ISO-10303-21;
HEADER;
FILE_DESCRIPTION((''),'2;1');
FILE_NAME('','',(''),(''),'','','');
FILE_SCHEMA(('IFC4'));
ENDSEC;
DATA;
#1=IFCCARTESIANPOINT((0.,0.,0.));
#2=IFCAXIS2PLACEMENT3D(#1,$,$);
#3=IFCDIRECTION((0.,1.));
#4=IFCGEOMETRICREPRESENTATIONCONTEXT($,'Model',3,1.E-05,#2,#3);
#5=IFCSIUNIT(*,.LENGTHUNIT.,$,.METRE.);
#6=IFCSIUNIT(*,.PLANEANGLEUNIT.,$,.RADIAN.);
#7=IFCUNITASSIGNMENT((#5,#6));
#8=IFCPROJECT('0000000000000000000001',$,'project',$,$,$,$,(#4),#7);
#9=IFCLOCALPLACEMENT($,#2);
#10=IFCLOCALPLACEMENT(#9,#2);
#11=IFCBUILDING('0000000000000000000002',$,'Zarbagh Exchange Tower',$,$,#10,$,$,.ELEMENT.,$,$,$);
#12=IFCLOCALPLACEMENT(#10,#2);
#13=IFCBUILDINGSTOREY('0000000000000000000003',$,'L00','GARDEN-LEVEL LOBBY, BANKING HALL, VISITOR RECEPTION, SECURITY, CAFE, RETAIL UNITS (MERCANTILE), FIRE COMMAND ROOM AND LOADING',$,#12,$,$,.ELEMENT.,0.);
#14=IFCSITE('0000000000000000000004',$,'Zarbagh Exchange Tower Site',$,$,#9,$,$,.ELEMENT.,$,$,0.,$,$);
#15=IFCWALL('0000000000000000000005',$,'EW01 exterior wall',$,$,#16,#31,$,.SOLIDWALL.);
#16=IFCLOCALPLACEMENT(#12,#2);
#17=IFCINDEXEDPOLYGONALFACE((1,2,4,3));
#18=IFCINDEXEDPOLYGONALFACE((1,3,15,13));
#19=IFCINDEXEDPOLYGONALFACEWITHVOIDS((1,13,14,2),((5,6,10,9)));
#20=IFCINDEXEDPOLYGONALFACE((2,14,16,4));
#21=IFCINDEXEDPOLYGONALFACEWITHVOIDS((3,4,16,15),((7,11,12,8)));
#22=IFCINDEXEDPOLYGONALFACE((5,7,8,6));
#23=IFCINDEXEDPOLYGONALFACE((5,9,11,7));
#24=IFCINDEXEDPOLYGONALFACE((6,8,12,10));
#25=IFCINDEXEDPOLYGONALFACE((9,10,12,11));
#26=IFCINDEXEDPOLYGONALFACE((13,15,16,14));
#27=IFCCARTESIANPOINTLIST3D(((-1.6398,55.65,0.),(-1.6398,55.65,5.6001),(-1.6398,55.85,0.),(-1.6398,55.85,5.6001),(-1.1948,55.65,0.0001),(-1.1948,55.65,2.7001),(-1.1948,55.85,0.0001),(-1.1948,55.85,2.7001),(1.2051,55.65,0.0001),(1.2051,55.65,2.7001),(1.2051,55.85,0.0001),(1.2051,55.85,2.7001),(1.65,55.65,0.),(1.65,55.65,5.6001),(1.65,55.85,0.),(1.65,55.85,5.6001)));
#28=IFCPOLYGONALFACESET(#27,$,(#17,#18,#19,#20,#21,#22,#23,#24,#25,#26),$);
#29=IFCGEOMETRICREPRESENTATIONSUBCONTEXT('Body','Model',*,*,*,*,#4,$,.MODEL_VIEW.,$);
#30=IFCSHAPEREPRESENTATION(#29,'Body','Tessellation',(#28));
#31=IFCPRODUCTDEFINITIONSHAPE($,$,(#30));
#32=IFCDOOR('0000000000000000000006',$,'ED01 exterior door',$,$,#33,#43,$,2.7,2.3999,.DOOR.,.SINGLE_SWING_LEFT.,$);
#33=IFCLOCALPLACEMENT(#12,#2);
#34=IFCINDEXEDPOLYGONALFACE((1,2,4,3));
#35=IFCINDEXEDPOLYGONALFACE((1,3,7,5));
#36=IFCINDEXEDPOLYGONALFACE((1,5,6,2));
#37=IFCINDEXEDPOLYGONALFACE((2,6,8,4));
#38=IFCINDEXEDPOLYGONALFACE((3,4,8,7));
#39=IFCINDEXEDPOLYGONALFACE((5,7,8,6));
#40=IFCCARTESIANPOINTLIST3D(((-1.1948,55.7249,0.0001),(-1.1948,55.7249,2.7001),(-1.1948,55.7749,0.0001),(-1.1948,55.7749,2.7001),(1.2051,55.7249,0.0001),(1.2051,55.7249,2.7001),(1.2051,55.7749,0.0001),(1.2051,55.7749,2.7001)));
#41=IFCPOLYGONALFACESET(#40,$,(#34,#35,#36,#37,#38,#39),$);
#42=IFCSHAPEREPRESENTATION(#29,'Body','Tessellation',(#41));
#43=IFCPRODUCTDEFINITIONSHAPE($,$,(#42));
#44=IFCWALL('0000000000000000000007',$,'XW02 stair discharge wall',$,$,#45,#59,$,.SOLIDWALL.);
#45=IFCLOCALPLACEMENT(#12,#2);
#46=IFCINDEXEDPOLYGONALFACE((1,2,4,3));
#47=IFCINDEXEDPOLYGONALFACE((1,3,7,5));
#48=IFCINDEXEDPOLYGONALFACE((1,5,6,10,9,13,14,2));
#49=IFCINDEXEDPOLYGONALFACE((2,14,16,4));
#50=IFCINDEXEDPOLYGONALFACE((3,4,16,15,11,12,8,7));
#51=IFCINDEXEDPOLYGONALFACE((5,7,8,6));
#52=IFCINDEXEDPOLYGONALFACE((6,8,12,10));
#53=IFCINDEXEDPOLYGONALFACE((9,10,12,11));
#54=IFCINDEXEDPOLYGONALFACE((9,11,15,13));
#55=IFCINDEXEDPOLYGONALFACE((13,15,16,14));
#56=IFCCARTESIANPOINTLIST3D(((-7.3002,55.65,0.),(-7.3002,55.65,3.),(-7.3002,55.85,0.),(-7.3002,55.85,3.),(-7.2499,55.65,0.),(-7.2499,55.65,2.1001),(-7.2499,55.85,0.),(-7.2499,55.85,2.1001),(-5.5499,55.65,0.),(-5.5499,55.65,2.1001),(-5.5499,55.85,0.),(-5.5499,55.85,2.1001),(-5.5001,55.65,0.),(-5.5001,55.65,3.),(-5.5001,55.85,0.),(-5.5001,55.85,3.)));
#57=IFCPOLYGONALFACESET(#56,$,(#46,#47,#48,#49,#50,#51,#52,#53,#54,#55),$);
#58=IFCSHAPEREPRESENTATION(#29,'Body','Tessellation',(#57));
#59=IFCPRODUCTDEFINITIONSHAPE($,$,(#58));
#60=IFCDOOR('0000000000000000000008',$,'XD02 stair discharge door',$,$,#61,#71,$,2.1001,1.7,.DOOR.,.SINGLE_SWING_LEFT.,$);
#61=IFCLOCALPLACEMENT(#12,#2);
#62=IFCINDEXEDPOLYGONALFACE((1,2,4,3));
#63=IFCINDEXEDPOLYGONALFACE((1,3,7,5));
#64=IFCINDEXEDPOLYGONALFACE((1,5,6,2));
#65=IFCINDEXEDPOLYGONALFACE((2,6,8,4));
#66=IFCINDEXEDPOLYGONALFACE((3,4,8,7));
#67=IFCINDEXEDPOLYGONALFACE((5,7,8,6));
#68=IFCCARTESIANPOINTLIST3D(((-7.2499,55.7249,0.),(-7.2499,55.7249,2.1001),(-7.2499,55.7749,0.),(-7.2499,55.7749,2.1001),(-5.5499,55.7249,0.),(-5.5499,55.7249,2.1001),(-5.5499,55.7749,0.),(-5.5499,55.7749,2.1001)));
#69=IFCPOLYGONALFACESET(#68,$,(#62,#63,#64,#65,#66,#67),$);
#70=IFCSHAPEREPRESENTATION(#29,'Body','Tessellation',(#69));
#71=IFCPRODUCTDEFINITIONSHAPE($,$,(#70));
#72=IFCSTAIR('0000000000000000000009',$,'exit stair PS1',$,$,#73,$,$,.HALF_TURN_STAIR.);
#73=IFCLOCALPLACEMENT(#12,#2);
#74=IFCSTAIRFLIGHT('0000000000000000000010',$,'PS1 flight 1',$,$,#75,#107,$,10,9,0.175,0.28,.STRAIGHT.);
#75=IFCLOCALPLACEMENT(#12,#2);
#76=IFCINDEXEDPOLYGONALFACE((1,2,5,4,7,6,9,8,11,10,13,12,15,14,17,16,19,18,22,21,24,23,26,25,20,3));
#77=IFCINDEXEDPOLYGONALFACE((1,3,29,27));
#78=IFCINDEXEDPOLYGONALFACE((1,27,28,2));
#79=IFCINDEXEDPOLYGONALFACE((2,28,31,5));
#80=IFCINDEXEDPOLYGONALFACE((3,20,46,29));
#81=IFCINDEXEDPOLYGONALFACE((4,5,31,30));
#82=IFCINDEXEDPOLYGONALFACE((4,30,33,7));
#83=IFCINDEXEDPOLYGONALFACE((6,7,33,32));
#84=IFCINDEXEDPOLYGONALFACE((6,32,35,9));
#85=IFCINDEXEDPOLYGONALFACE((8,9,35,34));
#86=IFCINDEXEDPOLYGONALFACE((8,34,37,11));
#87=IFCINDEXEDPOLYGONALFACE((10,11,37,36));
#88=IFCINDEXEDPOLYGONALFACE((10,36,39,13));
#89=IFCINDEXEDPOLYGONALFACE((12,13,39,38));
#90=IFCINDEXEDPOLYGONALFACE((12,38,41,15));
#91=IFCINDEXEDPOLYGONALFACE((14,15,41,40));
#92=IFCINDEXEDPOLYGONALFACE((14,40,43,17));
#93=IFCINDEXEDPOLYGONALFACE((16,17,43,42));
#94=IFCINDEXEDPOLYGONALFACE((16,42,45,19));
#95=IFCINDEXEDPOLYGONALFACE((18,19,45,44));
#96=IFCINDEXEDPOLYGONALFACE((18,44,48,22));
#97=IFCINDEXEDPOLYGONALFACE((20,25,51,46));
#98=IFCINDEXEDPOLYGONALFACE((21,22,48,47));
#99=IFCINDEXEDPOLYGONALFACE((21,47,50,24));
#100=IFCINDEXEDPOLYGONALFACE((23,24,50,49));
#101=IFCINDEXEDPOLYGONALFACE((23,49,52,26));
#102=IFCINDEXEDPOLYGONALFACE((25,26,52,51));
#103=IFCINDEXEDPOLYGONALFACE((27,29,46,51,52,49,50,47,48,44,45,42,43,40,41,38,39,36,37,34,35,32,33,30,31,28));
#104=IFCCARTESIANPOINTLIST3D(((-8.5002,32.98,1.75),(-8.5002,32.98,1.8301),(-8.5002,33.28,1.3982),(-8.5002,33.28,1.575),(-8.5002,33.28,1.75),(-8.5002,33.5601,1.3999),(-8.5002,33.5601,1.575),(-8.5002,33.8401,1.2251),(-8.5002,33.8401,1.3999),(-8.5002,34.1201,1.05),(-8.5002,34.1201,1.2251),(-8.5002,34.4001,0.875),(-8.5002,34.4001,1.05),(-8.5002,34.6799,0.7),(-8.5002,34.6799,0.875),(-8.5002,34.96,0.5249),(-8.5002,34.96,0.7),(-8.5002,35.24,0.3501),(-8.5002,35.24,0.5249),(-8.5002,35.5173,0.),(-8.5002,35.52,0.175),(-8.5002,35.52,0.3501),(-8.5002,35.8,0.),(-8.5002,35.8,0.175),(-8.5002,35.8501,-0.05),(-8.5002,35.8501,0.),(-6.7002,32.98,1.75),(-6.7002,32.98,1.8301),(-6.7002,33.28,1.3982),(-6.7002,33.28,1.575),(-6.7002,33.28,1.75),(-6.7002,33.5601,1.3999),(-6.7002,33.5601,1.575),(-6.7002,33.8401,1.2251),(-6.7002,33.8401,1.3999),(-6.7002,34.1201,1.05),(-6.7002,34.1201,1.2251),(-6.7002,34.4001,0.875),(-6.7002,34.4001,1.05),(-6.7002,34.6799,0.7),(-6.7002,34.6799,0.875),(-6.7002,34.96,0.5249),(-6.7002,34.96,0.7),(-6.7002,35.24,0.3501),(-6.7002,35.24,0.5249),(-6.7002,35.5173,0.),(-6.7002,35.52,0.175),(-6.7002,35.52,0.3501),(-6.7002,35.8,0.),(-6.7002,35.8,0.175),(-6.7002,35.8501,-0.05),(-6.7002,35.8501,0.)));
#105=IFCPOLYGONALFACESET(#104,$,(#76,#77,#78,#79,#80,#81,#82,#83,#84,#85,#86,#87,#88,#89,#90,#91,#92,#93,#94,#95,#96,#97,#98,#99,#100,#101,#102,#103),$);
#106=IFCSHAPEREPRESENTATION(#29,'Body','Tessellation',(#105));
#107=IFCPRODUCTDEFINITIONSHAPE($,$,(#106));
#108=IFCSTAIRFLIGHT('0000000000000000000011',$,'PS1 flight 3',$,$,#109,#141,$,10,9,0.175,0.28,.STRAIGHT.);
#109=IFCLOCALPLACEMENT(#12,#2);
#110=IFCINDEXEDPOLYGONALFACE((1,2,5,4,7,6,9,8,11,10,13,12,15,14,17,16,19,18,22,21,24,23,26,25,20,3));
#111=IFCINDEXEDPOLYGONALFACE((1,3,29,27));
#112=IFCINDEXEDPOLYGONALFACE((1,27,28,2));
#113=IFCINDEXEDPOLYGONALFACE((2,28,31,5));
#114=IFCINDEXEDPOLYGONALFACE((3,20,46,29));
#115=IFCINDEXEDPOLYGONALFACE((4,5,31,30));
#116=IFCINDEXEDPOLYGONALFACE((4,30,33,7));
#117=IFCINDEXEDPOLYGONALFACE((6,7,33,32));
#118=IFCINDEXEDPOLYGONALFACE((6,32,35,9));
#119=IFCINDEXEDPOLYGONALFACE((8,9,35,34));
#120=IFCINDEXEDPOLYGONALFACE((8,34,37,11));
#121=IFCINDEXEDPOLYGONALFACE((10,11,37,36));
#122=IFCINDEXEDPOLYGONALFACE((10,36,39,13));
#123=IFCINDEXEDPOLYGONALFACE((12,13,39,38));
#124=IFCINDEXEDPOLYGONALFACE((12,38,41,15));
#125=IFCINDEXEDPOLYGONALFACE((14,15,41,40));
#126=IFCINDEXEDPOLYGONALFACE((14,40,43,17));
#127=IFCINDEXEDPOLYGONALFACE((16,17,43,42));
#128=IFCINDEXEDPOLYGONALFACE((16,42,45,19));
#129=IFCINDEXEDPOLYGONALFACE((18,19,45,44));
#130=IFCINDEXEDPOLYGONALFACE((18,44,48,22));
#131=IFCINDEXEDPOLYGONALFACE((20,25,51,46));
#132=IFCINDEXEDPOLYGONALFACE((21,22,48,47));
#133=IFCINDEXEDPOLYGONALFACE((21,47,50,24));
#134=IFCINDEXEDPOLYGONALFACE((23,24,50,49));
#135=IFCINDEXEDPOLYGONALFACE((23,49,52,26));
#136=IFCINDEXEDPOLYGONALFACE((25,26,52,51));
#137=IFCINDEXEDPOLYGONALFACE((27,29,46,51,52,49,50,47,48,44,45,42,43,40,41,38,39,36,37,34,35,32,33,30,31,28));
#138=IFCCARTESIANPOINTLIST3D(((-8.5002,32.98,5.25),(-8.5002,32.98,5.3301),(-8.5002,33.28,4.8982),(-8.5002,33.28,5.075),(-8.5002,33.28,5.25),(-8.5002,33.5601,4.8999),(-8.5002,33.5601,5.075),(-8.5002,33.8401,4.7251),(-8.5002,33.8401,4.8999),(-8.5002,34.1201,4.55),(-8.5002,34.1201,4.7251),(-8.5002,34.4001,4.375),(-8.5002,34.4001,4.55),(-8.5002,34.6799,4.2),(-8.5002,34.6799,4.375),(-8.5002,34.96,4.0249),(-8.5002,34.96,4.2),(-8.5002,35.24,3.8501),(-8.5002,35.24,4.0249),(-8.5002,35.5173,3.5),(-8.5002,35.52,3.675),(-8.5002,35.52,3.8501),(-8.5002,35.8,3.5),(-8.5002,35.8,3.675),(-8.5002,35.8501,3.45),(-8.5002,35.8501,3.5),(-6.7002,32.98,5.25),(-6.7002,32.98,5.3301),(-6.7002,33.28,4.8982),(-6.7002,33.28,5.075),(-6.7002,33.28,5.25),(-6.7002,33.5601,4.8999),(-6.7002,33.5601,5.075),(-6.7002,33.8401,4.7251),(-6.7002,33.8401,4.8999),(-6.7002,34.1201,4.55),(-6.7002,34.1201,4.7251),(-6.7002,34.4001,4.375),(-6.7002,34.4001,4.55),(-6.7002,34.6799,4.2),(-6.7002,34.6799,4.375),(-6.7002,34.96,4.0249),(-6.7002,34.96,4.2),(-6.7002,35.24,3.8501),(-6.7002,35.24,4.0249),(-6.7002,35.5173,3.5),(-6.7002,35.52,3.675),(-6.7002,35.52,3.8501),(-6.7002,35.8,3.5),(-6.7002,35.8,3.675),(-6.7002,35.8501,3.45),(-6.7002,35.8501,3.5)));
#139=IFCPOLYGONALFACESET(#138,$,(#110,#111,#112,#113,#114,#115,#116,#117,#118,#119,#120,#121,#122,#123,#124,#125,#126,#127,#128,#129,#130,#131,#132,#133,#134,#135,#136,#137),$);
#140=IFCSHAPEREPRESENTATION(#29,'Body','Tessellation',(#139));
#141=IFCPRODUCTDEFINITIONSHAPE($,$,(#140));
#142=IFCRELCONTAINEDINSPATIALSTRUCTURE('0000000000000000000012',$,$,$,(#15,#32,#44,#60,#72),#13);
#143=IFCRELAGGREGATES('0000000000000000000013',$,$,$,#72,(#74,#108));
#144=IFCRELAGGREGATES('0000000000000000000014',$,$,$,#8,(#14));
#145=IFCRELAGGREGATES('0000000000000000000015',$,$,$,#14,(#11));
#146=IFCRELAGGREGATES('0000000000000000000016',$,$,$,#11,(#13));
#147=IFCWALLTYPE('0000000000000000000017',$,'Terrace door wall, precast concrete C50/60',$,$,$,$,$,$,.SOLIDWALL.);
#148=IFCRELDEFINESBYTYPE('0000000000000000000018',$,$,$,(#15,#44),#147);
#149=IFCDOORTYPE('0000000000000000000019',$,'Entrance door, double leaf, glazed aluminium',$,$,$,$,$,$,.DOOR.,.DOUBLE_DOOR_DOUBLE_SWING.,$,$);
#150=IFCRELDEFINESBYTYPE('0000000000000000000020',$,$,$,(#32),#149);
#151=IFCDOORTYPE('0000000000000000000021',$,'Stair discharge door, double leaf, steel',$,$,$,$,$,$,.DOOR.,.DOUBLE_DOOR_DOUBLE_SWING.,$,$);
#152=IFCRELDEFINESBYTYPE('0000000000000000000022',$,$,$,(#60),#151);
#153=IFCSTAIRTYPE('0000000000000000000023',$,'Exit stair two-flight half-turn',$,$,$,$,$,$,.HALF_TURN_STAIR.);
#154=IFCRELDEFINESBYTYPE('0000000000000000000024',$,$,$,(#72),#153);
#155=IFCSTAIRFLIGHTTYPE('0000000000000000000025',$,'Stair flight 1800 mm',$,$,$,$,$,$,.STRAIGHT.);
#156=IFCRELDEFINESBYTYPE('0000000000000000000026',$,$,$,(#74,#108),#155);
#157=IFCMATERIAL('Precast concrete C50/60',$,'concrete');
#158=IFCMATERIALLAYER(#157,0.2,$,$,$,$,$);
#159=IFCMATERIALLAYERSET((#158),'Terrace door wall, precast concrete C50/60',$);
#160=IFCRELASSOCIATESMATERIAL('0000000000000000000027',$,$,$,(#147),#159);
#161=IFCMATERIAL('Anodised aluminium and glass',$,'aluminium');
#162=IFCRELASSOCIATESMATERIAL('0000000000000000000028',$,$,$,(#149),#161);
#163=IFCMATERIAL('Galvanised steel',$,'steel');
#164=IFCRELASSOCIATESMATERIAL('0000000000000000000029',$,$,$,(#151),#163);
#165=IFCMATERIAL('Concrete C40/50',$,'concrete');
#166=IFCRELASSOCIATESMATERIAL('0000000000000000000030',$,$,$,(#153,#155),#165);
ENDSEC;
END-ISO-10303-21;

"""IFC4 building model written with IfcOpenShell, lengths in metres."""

from ifc_helpers import new_model, si_unit, direction, frame, frame_2d, origin, place, context, subcontext, project, spatial, polyline, rectangle, outline, extrude, material, layer, layer_set, type_object, element, fill, aggregate, save


model = new_model("IFC4")

# Units and contexts
model_context = context("Model", 3, precision=1e-05, world=origin(), true_north=direction((0.0, 1.0)))
body_context = subcontext(model_context, "Body", "Model", "MODEL_VIEW")
ifc_project = project(units=[si_unit("LENGTHUNIT", "METRE"), si_unit("PLANEANGLEUNIT", "RADIAN")], contexts=[model_context])

# Site, building, storey
site_placement = place(None, origin())
site = spatial("IfcSite", under=ifc_project, at=site_placement, Name="Zarbagh Exchange Tower Site", CompositionType="ELEMENT", RefElevation=0.0)
building_placement = place(site_placement, origin())
building = spatial("IfcBuilding", under=site, at=building_placement, Name="Zarbagh Exchange Tower", CompositionType="ELEMENT")
storey_placement = place(building_placement, origin())
storey = spatial("IfcBuildingStorey", under=building, at=storey_placement, Name="L00", Description="GARDEN-LEVEL LOBBY, BANKING HALL, VISITOR RECEPTION, SECURITY, CAFE, RETAIL UNITS (MERCANTILE), FIRE COMMAND ROOM AND LOADING", CompositionType="ELEMENT", Elevation=0.0)

# Walls, openings, doors
ifc_material_1 = material(Name="Concrete C40/50", Category="concrete")
ifc_material_2 = material(Name="Precast concrete C50/60", Category="concrete")
ifc_layer_1 = layer(ifc_material_2, 0.2)
ifc_layer_set_1 = layer_set([ifc_layer_1], Name="Terrace door wall, precast concrete C50/60")
wall_type_1 = type_object("IfcWallType", Name="Terrace door wall, precast concrete C50/60", PredefinedType="SOLIDWALL", material=ifc_layer_set_1)
wall_1_placement = place(storey_placement, frame((-1.6399, 55.75, 0.0), z_axis=(0.0, 0.0, 1.0), x_axis=(1.0, 0.0, 0.0)))
wall_1 = element("IfcWall", 1, at=wall_1_placement, inside=storey, type_object=wall_type_1, Name="EW01 exterior wall", PredefinedType="SOLIDWALL", context=body_context, shape_type="SweptSolid", body=[
    extrude(rectangle(XDim=3.2898, YDim=0.2, at=frame_2d((1.645, 0.0))), origin(), (0.0, 0.0, 1.0), 5.6001),
])
opening_1_placement = place(wall_1_placement, frame((0.4451, 0.0, 0.0)))
opening_1 = element("IfcOpeningElement", 2, at=opening_1_placement, cuts=wall_1, PredefinedType="OPENING", context=body_context, shape_type="SweptSolid", body=[
    extrude(rectangle(XDim=2.3999, YDim=2.7, at=frame_2d((1.2, 1.3501))), frame((0.0, 0.1099, 0.0), z_axis=(0.0, -1.0, 0.0), x_axis=(1.0, 0.0, 0.0)), (0.0, 0.0, 1.0), 0.22),
])
ifc_material_3 = material(Name="Anodised aluminium and glass", Category="aluminium")
door_type_1 = type_object("IfcDoorType", Name="Entrance door, double leaf, glazed aluminium", OperationType="DOUBLE_DOOR_DOUBLE_SWING", PredefinedType="DOOR", material=ifc_material_3)
door_1_placement = place(opening_1_placement, origin())
door_1 = element("IfcDoor", 3, at=door_1_placement, inside=storey, type_object=door_type_1, Name="ED01 exterior door", OperationType="SINGLE_SWING_LEFT", OverallHeight=2.7, OverallWidth=2.3999, PredefinedType="DOOR", context=body_context, shape_type="SweptSolid", body=[
    extrude(rectangle(XDim=2.3999, YDim=2.7, at=frame_2d((1.2, 1.3501))), frame((0.0, 0.0249, 0.0), z_axis=(0.0, -1.0, 0.0), x_axis=(1.0, 0.0, 0.0)), (0.0, 0.0, 1.0), 0.05),
])
fill(opening_1, door_1)
wall_2_placement = place(storey_placement, frame((-7.3, 55.75, 0.0), z_axis=(0.0, 0.0, 1.0), x_axis=(1.0, 0.0, 0.0)))
wall_2 = element("IfcWall", 4, at=wall_2_placement, inside=storey, type_object=wall_type_1, Name="XW02 stair discharge wall", PredefinedType="SOLIDWALL", context=body_context, shape_type="SweptSolid", body=[
    extrude(rectangle(XDim=1.8, YDim=0.2, at=frame_2d((0.8999, 0.0))), origin(), (0.0, 0.0, 1.0), 3.0),
])
opening_2_placement = place(wall_2_placement, frame((0.05, 0.0, 0.0)))
opening_2 = element("IfcOpeningElement", 5, at=opening_2_placement, cuts=wall_2, PredefinedType="OPENING", context=body_context, shape_type="SweptSolid", body=[
    extrude(rectangle(XDim=1.7, YDim=2.1001, at=frame_2d((0.8501, 1.05))), frame((0.0, 0.1099, 0.0), z_axis=(0.0, -1.0, 0.0), x_axis=(1.0, 0.0, 0.0)), (0.0, 0.0, 1.0), 0.22),
])
ifc_material_4 = material(Name="Galvanised steel", Category="steel")
door_type_2 = type_object("IfcDoorType", Name="Stair discharge door, double leaf, steel", OperationType="DOUBLE_DOOR_DOUBLE_SWING", PredefinedType="DOOR", material=ifc_material_4)
door_2_placement = place(opening_2_placement, origin())
door_2 = element("IfcDoor", 6, at=door_2_placement, inside=storey, type_object=door_type_2, Name="XD02 stair discharge door", OperationType="SINGLE_SWING_LEFT", OverallHeight=2.1001, OverallWidth=1.7, PredefinedType="DOOR", context=body_context, shape_type="SweptSolid", body=[
    extrude(rectangle(XDim=1.7, YDim=2.1001, at=frame_2d((0.8501, 1.05))), frame((0.0, 0.0249, 0.0), z_axis=(0.0, -1.0, 0.0), x_axis=(1.0, 0.0, 0.0)), (0.0, 0.0, 1.0), 0.05),
])
fill(opening_2, door_2)

# Stair, stair flights
stair_type = type_object("IfcStairType", Name="Exit stair two-flight half-turn", PredefinedType="HALF_TURN_STAIR", material=ifc_material_1)
stair_placement = place(storey_placement, origin())
stair = element("IfcStair", 7, at=stair_placement, inside=storey, type_object=stair_type, Name="exit stair PS1", PredefinedType="HALF_TURN_STAIR")
stair_flight_type = type_object("IfcStairFlightType", Name="Stair flight 1800 mm", PredefinedType="STRAIGHT", material=ifc_material_1)
stair_flight_1_placement = place(storey_placement, frame((-7.6001, 35.8, 0.0), z_axis=(0.0, 0.0, 1.0), x_axis=(0.0, -1.0, 0.0)))
stair_flight_1 = element("IfcStairFlight", 8, at=stair_flight_1_placement, type_object=stair_flight_type, Name="PS1 flight 1", NumberOfRisers=10, NumberOfTreads=9, PredefinedType="STRAIGHT", RiserHeight=0.175, TreadLength=0.28, context=body_context, shape_type="SweptSolid", body=[
    extrude(outline(polyline([(-0.05, -0.05), (-0.05, 0.0), (0.0, 0.0), (0.0, 0.175), (0.28, 0.175), (0.28, 0.3501), (0.5601, 0.3501), (0.5601, 0.5249), (0.8401, 0.5249), (0.8401, 0.7), (1.1201, 0.7), (1.1201, 0.875), (1.3999, 0.875), (1.3999, 1.05), (1.6799, 1.05), (1.6799, 1.2251), (1.96, 1.2251), (1.96, 1.3999), (2.24, 1.3999), (2.24, 1.575), (2.52, 1.575), (2.52, 1.75), (2.8201, 1.8301), (2.8201, 1.75), (2.52, 1.3982), (0.2827, 0.0), (-0.05, -0.05)])), frame((0.0, 0.8999, 0.0), z_axis=(0.0, -1.0, 0.0), x_axis=(1.0, 0.0, 0.0)), (0.0, 0.0, 1.0), 1.8),
])
stair_flight_2_placement = place(storey_placement, frame((-7.6001, 35.8, 3.5), z_axis=(0.0, 0.0, 1.0), x_axis=(0.0, -1.0, 0.0)))
stair_flight_2 = element("IfcStairFlight", 9, at=stair_flight_2_placement, type_object=stair_flight_type, Name="PS1 flight 3", NumberOfRisers=10, NumberOfTreads=9, PredefinedType="STRAIGHT", RiserHeight=0.175, TreadLength=0.28, context=body_context, shape_type="SweptSolid", body=[
    extrude(outline(polyline([(-0.05, -0.05), (-0.05, 0.0), (0.0, 0.0), (0.0, 0.175), (0.28, 0.175), (0.28, 0.3501), (0.5601, 0.3501), (0.5601, 0.5249), (0.8401, 0.5249), (0.8401, 0.7), (1.1201, 0.7), (1.1201, 0.875), (1.3999, 0.875), (1.3999, 1.05), (1.6799, 1.05), (1.6799, 1.2251), (1.96, 1.2251), (1.96, 1.3999), (2.24, 1.3999), (2.24, 1.575), (2.52, 1.575), (2.52, 1.75), (2.8201, 1.8301), (2.8201, 1.75), (2.52, 1.3982), (0.2827, 0.0), (-0.05, -0.05)])), frame((0.0, 0.8999, 0.0), z_axis=(0.0, -1.0, 0.0), x_axis=(1.0, 0.0, 0.0)), (0.0, 0.0, 1.0), 1.8),
])
aggregate(stair, [stair_flight_1, stair_flight_2])

save(model, "model.ifc")
